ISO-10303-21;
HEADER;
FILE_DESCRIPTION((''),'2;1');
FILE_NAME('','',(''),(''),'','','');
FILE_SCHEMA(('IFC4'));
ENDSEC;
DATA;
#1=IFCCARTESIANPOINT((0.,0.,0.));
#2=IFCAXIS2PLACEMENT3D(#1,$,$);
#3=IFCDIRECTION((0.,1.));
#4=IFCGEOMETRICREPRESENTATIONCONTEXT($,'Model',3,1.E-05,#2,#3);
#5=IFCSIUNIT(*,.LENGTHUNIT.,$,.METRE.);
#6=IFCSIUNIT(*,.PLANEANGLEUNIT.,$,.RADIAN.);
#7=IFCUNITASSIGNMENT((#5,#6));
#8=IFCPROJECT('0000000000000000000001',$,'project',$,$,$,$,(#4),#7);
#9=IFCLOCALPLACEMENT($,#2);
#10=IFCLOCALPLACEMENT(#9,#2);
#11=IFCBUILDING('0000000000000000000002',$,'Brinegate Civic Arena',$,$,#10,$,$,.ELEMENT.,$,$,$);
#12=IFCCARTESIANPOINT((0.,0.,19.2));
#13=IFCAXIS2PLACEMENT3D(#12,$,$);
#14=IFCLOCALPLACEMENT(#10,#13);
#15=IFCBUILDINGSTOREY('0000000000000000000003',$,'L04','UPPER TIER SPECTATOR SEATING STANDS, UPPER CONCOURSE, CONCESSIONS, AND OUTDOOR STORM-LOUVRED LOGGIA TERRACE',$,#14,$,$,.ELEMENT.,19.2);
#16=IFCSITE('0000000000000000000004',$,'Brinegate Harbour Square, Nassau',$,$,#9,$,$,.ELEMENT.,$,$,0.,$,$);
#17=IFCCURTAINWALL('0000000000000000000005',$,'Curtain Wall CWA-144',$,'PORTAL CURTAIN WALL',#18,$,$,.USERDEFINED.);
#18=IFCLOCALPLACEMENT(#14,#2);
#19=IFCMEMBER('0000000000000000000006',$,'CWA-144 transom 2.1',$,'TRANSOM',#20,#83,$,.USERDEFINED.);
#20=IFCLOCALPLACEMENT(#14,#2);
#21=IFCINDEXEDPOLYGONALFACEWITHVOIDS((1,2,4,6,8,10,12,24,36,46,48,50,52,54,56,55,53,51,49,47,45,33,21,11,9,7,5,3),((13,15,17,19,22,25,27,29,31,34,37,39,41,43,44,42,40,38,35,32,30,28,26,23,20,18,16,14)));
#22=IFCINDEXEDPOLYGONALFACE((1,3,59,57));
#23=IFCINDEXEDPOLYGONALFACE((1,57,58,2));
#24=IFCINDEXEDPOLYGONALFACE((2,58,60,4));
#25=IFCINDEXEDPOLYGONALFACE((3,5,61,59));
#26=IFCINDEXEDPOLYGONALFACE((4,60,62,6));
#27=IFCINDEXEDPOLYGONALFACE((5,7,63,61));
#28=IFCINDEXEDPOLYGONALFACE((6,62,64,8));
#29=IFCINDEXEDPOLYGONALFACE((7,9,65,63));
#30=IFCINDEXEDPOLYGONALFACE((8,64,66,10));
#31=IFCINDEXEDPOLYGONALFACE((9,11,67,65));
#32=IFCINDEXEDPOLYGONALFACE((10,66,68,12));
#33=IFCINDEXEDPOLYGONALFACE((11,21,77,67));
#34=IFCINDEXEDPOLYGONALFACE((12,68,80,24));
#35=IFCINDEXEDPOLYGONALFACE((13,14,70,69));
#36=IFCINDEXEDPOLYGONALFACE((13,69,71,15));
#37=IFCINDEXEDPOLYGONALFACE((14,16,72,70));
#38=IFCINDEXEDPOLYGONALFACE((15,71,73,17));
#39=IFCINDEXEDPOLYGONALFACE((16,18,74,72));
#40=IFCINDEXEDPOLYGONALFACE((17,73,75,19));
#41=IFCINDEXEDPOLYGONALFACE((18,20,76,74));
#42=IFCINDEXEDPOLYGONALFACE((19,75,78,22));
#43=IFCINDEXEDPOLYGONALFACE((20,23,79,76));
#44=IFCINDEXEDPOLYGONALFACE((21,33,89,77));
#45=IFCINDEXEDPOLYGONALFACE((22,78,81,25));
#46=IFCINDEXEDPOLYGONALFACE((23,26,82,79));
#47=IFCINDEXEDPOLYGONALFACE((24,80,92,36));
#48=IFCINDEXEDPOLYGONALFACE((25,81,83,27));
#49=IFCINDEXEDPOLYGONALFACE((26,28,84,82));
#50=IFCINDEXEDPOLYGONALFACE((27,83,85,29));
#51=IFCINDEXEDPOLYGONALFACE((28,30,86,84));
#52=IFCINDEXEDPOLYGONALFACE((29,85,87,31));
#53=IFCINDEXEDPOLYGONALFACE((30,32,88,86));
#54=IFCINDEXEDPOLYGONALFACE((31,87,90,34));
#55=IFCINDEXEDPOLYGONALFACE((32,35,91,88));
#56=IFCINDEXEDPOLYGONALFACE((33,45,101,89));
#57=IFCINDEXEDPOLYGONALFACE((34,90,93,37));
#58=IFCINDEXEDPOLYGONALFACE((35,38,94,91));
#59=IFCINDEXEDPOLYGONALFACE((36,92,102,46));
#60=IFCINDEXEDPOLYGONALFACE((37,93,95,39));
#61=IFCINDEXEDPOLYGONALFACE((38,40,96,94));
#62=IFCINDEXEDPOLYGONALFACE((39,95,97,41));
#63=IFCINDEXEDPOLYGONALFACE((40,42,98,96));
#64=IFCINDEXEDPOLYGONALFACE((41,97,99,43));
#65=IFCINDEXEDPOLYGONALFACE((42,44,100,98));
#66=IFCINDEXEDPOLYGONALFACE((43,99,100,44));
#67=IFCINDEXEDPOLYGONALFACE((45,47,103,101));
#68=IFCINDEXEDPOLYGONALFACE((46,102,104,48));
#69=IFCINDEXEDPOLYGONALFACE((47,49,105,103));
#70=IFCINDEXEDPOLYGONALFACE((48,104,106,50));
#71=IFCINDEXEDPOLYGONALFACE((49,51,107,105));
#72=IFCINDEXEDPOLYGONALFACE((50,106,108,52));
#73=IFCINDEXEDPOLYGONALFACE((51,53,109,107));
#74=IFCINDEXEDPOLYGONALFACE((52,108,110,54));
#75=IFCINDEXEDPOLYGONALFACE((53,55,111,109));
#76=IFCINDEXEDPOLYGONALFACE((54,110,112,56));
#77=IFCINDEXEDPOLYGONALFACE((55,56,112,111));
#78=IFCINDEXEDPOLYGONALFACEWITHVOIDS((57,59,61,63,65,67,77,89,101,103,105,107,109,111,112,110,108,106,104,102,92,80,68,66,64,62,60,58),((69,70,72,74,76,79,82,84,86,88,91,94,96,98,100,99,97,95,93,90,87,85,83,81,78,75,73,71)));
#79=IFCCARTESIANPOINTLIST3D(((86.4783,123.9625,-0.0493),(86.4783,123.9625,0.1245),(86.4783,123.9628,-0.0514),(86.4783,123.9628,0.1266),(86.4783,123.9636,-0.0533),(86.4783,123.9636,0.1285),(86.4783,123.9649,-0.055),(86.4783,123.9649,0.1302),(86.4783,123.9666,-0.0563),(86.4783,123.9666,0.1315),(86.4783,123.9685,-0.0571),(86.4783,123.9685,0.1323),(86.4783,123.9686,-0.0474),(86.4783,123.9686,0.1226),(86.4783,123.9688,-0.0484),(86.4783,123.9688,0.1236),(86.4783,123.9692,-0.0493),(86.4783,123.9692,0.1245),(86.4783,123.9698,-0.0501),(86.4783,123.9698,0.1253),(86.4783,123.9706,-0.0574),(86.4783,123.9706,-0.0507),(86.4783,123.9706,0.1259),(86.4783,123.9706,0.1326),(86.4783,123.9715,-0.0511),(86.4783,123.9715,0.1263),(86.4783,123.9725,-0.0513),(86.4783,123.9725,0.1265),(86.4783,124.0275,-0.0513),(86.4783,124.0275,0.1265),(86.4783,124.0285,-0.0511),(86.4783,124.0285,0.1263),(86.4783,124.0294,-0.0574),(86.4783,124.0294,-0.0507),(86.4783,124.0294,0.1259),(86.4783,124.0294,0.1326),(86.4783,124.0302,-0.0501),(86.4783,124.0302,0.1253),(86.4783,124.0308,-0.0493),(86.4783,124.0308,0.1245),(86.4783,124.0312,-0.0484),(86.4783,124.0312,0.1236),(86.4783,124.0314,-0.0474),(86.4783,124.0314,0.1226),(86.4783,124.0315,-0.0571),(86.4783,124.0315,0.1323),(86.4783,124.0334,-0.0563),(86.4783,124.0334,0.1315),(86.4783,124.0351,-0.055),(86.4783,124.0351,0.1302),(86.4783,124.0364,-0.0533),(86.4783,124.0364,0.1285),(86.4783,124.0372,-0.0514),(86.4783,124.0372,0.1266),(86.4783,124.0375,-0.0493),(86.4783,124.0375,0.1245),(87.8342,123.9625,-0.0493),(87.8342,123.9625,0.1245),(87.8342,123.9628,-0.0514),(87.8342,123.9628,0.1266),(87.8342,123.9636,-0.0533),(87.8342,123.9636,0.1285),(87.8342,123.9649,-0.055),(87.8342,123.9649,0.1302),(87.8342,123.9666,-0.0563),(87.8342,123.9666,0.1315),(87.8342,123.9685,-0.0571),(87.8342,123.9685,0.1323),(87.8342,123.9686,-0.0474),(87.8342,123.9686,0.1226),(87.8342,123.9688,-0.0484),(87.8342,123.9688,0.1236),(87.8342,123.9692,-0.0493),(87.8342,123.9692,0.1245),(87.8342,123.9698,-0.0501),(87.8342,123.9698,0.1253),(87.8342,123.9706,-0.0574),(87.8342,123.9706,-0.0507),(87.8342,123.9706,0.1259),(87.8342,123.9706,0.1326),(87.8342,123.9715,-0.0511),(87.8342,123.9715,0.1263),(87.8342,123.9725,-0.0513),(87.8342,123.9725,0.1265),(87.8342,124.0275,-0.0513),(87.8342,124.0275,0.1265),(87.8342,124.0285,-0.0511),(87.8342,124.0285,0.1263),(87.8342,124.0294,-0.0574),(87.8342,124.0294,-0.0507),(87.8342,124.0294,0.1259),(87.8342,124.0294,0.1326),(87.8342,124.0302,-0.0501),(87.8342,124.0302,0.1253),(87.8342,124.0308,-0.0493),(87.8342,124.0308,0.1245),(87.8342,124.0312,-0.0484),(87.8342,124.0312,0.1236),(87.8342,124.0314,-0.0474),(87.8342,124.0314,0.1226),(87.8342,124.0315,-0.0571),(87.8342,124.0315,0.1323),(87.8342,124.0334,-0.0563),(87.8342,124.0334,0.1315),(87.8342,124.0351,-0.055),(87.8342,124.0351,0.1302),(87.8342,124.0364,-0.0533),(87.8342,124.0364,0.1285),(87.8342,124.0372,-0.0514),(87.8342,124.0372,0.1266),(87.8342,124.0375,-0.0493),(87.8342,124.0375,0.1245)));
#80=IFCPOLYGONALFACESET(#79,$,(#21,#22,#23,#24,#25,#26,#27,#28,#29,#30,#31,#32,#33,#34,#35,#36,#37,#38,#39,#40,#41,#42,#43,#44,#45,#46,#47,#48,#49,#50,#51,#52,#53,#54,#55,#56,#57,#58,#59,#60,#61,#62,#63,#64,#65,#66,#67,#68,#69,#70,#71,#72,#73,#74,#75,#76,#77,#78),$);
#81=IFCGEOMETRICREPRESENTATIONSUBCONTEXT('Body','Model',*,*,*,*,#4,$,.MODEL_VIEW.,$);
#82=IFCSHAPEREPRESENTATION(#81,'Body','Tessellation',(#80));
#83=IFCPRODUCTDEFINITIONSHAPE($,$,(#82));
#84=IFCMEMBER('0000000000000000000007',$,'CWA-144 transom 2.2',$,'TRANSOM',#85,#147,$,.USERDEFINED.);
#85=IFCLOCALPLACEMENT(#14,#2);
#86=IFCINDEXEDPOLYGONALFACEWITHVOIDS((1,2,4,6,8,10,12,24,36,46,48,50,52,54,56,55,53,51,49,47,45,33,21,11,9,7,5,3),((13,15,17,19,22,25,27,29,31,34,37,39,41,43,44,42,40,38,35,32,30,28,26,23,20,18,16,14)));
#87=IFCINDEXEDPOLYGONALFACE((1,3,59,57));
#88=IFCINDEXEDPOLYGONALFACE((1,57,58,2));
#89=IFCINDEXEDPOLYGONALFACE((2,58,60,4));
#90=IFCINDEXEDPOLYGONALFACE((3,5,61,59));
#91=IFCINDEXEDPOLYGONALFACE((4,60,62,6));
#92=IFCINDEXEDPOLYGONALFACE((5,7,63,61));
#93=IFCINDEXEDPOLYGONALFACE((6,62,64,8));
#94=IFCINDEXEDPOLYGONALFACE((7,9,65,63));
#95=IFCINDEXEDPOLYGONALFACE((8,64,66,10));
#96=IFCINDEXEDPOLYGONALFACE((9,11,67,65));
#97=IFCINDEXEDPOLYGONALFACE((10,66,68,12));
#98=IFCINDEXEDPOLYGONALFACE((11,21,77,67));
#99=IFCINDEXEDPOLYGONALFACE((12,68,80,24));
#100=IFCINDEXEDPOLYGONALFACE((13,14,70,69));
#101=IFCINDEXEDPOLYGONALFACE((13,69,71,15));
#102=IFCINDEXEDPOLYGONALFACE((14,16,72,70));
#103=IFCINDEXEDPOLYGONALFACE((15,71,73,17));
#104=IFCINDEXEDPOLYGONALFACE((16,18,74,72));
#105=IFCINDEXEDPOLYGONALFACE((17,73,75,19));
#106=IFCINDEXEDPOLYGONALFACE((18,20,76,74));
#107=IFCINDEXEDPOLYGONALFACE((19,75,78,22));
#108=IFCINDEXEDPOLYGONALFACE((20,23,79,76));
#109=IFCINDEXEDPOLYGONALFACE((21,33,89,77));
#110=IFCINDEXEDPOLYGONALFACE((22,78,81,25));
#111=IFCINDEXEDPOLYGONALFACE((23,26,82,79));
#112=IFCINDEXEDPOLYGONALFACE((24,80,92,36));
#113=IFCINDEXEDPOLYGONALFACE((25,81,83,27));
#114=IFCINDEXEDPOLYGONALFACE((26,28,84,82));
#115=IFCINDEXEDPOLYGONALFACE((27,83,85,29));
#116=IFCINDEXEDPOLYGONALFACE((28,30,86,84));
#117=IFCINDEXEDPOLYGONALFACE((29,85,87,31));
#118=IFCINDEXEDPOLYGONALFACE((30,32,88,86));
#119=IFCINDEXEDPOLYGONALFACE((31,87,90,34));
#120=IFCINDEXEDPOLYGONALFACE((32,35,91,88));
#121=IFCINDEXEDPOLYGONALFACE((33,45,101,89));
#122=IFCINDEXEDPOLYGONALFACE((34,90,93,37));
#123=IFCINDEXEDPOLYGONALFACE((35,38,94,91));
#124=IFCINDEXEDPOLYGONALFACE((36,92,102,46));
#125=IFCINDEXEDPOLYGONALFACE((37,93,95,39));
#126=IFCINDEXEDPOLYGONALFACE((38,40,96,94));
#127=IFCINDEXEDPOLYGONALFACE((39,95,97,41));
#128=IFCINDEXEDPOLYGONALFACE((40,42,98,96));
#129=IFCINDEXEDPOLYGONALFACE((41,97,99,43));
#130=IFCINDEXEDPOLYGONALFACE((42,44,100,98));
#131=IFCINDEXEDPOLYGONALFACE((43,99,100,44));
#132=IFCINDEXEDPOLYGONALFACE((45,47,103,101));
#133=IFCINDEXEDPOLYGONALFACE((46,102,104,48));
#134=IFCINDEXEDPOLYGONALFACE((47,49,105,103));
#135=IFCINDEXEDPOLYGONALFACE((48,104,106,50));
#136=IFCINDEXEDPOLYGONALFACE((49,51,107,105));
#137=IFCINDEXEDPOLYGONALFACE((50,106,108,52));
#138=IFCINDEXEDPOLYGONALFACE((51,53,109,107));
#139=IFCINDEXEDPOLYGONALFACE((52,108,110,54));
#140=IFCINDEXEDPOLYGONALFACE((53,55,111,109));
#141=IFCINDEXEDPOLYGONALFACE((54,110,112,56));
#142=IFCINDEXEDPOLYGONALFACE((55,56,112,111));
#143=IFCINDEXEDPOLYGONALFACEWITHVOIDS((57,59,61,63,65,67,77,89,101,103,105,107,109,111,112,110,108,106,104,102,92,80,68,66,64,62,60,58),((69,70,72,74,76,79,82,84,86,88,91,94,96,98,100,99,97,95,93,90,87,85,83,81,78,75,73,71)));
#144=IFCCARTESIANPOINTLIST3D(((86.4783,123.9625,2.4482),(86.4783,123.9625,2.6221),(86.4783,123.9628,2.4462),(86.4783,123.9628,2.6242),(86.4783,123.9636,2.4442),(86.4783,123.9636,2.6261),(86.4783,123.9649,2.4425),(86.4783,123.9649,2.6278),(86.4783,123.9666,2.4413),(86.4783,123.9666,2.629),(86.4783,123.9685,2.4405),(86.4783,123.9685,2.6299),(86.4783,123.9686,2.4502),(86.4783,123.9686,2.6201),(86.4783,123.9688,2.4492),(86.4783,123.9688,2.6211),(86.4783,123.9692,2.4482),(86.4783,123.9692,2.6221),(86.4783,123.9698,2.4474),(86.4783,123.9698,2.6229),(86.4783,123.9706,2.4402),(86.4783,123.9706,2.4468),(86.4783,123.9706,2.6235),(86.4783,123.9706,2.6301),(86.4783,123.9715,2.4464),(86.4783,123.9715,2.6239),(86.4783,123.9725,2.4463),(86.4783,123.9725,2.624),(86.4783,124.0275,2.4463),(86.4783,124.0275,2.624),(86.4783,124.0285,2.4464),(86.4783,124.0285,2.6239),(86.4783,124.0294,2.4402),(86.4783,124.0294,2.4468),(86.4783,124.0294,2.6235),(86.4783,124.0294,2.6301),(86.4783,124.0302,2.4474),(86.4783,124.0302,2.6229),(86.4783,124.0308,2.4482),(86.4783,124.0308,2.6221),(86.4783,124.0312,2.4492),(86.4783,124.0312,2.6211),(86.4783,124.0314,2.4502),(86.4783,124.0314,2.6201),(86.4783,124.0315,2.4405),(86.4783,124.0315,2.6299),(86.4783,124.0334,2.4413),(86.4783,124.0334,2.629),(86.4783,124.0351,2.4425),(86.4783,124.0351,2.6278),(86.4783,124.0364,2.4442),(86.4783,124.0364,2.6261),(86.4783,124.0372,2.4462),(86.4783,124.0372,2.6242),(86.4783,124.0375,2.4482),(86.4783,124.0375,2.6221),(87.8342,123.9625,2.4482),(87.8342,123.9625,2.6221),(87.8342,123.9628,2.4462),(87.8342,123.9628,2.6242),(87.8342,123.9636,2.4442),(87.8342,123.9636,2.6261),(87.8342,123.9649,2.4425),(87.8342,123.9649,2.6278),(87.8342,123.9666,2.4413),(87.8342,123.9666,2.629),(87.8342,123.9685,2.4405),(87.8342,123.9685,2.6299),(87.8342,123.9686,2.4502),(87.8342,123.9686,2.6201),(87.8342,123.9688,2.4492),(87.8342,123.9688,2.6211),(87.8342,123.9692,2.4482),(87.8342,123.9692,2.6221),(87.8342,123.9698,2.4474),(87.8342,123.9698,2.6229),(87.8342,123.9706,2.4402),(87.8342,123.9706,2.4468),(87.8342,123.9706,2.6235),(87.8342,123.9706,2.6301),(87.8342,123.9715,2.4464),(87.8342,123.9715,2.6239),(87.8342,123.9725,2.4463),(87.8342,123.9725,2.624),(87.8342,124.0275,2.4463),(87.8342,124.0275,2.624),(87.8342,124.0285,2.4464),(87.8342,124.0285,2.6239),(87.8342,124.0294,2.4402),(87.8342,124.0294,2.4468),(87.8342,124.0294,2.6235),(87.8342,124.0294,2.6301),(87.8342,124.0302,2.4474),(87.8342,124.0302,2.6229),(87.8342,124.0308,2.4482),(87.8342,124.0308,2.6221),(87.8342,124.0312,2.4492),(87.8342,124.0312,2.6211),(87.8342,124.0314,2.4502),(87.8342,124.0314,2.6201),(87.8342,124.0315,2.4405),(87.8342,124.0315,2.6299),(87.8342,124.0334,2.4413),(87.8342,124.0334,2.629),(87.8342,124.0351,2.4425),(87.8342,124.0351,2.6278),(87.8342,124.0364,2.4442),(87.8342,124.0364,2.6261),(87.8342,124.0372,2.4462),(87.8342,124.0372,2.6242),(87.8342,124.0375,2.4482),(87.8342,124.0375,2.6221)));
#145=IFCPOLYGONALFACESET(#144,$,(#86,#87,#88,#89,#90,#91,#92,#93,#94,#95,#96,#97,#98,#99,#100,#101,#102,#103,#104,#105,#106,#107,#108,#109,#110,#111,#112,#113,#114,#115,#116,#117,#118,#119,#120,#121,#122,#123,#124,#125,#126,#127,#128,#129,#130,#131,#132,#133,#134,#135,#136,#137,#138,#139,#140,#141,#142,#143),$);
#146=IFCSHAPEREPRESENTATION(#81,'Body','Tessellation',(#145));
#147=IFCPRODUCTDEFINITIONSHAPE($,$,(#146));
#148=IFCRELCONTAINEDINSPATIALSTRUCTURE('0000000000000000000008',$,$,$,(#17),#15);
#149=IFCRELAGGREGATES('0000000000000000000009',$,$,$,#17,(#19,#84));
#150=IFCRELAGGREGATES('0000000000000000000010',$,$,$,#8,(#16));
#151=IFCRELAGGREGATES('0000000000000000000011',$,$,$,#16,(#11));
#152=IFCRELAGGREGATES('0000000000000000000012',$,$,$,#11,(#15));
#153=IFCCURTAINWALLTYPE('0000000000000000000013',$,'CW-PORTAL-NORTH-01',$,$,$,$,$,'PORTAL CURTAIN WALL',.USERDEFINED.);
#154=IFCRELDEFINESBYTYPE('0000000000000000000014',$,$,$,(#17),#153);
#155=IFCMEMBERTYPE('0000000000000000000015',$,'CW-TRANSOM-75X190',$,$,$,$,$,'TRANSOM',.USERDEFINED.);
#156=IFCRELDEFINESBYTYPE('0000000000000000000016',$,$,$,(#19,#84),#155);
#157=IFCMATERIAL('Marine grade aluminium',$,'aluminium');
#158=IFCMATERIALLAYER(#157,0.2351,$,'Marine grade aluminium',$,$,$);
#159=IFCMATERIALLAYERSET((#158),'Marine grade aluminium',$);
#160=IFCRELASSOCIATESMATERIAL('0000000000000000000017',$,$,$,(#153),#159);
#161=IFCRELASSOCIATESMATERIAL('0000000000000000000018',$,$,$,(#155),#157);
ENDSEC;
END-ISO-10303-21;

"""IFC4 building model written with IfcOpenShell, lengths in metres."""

from ifc_helpers import new_model, si_unit, direction, frame, origin, origin_2d, place, context, subcontext, project, spatial, hollow_rectangle, extrude, material, layer, layer_set, material_profile, profile_set, type_object, element, aggregate, save


model = new_model("IFC4")

# Units and contexts
model_context = context("Model", 3, precision=1e-05, world=origin(), true_north=direction((0.0, 1.0)))
body_context = subcontext(model_context, "Body", "Model", "MODEL_VIEW")
ifc_project = project(units=[si_unit("LENGTHUNIT", "METRE"), si_unit("PLANEANGLEUNIT", "RADIAN")], contexts=[model_context])

# Site, building, storey
site_placement = place(None, origin())
site = spatial("IfcSite", under=ifc_project, at=site_placement, Name="Brinegate Harbour Square, Nassau", CompositionType="ELEMENT", RefElevation=0.0)
building_placement = place(site_placement, origin())
building = spatial("IfcBuilding", under=site, at=building_placement, Name="Brinegate Civic Arena", CompositionType="ELEMENT")
storey_placement = place(building_placement, frame((0.0, 0.0, 19.2)))
storey = spatial("IfcBuildingStorey", under=building, at=storey_placement, Name="L04", Description="UPPER TIER SPECTATOR SEATING STANDS, UPPER CONCOURSE, CONCESSIONS, AND OUTDOOR STORM-LOUVRED LOGGIA TERRACE", CompositionType="ELEMENT", Elevation=19.2)

# Curtain wall, members
ifc_material_1 = material(Name="Marine grade aluminium", Category="aluminium")
ifc_layer_1 = layer(ifc_material_1, 0.2351, Name="Marine grade aluminium")
ifc_layer_set_1 = layer_set([ifc_layer_1], Name="Marine grade aluminium")
curtain_wall_type = type_object("IfcCurtainWallType", Name="CW-PORTAL-NORTH-01", ElementType="PORTAL CURTAIN WALL", PredefinedType="USERDEFINED", material=ifc_layer_set_1)
curtain_wall_placement = place(storey_placement, origin())
curtain_wall = element("IfcCurtainWall", 1, at=curtain_wall_placement, inside=storey, type_object=curtain_wall_type, Name="Curtain Wall CWA-144", ObjectType="PORTAL CURTAIN WALL", PredefinedType="USERDEFINED")
ifc_material_profile_1 = material_profile(ifc_material_1, hollow_rectangle(XDim=0.075, YDim=0.1899, WallThickness=0.0061, InnerFilletRadius=0.0039, OuterFilletRadius=0.0081, at=origin_2d()), Name="TRN75X190")
ifc_profile_set_1 = profile_set([ifc_material_profile_1], Name="Marine grade aluminium")
member_type_1 = type_object("IfcMemberType", Name="CW-TRANSOM-75X190", ElementType="TRANSOM", PredefinedType="USERDEFINED", material=ifc_profile_set_1)
member_1_placement = place(storey_placement, frame((86.4783, 124.0, 0.0376), z_axis=(1.0, 0.0, 0.0), x_axis=(0.0, 1.0, 0.0)))
member_1 = element("IfcMember", 2, at=member_1_placement, type_object=member_type_1, Name="CWA-144 transom 2.1", ObjectType="TRANSOM", PredefinedType="USERDEFINED", context=body_context, shape_type="SweptSolid", body=[
    extrude(hollow_rectangle(XDim=0.075, YDim=0.1899, WallThickness=0.0061, InnerFilletRadius=0.0039, OuterFilletRadius=0.0081, at=origin_2d()), origin(), (0.0, 0.0, 1.0), 1.356),
])
member_2_placement = place(storey_placement, frame((86.4783, 124.0, 2.5352), z_axis=(1.0, 0.0, 0.0), x_axis=(0.0, 1.0, 0.0)))
member_2 = element("IfcMember", 3, at=member_2_placement, type_object=member_type_1, Name="CWA-144 transom 2.2", ObjectType="TRANSOM", PredefinedType="USERDEFINED", context=body_context, shape_type="SweptSolid", body=[
    extrude(hollow_rectangle(XDim=0.075, YDim=0.1899, WallThickness=0.0061, InnerFilletRadius=0.0039, OuterFilletRadius=0.0081, at=origin_2d()), origin(), (0.0, 0.0, 1.0), 1.356),
])
aggregate(curtain_wall, [member_1, member_2])

save(model, "model.ifc")
